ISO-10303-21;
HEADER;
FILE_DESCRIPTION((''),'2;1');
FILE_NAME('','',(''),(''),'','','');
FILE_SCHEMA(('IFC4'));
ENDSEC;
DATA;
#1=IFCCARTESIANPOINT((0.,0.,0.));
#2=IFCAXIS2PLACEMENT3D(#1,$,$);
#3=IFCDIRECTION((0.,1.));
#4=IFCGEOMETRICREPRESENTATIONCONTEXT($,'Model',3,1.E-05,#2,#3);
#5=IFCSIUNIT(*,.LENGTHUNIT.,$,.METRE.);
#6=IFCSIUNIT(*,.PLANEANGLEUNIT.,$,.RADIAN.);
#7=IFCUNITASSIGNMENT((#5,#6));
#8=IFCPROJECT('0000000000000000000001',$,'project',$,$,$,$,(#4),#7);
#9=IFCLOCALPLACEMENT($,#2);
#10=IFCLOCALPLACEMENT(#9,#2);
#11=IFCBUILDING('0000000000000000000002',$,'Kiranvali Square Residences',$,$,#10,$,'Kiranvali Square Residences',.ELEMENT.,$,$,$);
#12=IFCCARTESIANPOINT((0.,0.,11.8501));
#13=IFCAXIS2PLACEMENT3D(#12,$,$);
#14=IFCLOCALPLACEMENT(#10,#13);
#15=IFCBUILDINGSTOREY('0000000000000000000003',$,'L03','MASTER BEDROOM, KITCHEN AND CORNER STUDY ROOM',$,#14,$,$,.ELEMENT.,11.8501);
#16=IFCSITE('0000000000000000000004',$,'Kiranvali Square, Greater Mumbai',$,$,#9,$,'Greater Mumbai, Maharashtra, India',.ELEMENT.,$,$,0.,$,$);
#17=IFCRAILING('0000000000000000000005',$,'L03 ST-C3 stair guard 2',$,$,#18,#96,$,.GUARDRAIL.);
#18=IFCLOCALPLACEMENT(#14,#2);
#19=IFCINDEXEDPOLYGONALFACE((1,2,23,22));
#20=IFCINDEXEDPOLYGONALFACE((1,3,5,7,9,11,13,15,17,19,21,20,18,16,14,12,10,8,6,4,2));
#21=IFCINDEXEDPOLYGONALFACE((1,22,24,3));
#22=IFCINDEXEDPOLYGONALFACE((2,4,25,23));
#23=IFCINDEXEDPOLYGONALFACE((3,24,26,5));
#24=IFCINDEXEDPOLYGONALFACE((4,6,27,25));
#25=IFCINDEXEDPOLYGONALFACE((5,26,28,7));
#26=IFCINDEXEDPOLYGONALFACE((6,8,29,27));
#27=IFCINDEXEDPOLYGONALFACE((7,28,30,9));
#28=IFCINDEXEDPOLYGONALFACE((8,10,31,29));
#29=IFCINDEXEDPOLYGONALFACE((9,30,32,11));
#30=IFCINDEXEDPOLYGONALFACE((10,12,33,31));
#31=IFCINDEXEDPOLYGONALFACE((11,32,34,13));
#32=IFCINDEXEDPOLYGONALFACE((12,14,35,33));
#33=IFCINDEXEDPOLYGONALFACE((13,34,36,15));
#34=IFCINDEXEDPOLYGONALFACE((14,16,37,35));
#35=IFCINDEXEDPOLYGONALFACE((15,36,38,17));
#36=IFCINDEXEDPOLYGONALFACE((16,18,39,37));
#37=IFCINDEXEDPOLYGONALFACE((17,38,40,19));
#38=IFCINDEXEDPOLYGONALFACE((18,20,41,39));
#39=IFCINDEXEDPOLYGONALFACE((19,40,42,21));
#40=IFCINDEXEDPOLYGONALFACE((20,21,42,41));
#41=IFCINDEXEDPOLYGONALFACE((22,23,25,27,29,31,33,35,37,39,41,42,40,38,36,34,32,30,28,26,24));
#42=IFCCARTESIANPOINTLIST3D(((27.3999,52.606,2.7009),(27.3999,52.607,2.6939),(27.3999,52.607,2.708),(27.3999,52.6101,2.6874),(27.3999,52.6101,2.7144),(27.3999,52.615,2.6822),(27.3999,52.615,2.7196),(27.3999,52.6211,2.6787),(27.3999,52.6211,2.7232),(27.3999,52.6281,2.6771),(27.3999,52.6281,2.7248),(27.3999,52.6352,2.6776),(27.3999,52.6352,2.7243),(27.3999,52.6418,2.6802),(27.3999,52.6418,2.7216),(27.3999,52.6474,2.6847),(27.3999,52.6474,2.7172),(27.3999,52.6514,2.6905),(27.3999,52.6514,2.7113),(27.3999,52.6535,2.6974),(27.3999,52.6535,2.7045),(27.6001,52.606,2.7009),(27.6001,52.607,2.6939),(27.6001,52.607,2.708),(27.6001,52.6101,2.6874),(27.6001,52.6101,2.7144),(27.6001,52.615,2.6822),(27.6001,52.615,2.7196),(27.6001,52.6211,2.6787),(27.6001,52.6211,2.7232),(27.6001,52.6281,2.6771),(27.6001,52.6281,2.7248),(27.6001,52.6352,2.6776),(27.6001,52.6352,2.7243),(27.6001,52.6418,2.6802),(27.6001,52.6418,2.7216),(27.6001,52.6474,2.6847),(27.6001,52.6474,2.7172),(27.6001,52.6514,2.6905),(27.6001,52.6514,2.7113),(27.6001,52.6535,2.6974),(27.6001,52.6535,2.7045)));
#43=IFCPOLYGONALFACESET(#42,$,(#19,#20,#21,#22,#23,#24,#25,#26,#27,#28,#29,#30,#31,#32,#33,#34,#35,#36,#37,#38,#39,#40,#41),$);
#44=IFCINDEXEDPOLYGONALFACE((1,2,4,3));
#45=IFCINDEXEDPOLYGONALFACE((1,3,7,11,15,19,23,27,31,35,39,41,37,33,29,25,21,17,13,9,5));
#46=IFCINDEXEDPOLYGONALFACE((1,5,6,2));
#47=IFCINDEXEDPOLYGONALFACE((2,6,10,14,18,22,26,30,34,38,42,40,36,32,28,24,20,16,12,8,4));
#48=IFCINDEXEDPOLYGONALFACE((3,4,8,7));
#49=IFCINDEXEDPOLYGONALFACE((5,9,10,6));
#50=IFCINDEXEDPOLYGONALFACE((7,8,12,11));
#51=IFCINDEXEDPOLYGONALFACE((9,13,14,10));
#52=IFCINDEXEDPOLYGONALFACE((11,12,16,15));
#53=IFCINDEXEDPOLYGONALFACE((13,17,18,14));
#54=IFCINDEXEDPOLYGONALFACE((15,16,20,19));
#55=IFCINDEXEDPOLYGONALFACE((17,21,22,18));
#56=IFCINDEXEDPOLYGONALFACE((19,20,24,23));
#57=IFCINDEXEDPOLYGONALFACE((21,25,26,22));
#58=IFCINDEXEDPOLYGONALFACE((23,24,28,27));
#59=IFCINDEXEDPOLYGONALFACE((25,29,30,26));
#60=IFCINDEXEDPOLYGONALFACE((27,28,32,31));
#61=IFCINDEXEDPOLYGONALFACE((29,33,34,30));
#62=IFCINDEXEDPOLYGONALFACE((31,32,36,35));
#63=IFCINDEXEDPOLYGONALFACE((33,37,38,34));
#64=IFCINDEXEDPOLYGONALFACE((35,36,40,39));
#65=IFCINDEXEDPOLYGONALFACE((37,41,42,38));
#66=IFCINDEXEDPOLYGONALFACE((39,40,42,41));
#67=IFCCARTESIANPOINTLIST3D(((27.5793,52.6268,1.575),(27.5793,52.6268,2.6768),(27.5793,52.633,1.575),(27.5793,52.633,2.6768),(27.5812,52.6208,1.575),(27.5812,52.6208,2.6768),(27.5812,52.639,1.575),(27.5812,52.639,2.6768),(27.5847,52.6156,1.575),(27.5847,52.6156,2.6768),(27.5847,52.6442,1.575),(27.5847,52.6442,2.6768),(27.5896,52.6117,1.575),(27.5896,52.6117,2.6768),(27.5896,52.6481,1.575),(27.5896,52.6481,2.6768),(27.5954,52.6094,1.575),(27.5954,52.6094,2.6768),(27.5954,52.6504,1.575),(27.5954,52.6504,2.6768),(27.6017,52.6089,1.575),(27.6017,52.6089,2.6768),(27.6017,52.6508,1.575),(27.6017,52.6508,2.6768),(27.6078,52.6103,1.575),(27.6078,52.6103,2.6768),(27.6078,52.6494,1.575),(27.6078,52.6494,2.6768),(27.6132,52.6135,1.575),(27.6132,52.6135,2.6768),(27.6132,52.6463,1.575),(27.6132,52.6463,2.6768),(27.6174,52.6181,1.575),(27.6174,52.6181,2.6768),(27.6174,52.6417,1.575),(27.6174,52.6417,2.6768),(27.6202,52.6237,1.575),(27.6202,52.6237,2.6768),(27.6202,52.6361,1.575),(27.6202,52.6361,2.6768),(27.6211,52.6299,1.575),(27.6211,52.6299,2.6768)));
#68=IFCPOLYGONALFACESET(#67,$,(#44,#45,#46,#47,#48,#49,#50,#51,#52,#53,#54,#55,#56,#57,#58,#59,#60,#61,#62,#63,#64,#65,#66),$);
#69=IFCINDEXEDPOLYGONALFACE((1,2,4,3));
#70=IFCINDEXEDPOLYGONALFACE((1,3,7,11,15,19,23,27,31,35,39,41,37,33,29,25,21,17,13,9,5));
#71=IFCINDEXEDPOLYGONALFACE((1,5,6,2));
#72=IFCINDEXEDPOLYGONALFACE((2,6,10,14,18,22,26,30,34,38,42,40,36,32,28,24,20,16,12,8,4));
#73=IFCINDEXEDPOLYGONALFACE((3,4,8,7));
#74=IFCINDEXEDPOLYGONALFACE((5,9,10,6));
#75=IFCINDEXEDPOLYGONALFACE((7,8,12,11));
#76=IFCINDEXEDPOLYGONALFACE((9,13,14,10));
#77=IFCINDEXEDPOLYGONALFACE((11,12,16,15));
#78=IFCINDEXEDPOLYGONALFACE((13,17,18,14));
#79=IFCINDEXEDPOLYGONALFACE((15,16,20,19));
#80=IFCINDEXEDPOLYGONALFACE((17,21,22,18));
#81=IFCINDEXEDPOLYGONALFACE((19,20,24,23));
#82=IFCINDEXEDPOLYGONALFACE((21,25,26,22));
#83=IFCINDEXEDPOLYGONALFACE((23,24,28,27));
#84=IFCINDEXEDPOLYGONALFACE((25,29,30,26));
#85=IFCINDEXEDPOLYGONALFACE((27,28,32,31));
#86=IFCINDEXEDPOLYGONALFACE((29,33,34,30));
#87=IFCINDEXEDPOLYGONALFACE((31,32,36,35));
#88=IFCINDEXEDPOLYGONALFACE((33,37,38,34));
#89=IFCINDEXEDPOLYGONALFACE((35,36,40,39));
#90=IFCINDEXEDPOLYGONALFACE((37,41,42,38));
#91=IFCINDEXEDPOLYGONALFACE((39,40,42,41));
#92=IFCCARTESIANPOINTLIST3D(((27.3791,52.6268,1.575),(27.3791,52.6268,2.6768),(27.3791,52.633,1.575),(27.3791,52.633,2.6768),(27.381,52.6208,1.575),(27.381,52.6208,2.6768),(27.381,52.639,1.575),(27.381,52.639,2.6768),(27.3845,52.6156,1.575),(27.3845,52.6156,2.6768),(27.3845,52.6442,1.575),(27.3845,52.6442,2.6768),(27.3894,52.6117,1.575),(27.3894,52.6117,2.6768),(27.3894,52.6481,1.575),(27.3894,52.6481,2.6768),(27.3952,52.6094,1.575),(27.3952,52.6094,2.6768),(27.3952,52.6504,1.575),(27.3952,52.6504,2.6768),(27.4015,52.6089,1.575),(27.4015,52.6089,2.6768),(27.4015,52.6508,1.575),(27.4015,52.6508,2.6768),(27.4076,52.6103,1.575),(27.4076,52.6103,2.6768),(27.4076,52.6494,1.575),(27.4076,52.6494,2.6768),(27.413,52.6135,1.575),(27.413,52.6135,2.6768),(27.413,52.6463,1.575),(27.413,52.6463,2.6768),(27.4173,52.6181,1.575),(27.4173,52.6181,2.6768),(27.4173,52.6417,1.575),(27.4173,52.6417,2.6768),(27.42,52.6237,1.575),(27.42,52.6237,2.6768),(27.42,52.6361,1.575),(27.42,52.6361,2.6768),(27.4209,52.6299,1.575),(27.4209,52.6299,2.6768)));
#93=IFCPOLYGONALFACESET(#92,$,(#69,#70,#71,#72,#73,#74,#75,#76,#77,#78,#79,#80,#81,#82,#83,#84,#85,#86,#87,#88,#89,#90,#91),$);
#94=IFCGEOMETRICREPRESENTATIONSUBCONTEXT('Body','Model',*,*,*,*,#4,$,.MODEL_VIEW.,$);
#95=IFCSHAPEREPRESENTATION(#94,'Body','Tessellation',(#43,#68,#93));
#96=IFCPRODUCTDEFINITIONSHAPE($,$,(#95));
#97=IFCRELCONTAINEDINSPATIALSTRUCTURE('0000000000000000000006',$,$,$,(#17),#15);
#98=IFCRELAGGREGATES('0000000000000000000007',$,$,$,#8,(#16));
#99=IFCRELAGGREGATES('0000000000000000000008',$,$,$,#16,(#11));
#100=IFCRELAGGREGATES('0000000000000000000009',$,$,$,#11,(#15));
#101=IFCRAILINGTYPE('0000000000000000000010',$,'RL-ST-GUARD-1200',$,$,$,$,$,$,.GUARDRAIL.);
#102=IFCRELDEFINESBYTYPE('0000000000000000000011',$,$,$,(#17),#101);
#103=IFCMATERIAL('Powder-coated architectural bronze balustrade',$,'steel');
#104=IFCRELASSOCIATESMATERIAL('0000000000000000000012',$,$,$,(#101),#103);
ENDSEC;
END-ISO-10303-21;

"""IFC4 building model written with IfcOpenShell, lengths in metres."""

from ifc_helpers import new_model, si_unit, direction, frame, origin, origin_2d, place, context, subcontext, project, spatial, circle, extrude, material, type_object, element, save


model = new_model("IFC4")

# Units and contexts
model_context = context("Model", 3, precision=1e-05, world=origin(), true_north=direction((0.0, 1.0)))
body_context = subcontext(model_context, "Body", "Model", "MODEL_VIEW")
ifc_project = project(units=[si_unit("LENGTHUNIT", "METRE"), si_unit("PLANEANGLEUNIT", "RADIAN")], contexts=[model_context])

# Site, building, storey
site_placement = place(None, origin())
site = spatial("IfcSite", under=ifc_project, at=site_placement, Name="Kiranvali Square, Greater Mumbai", LongName="Greater Mumbai, Maharashtra, India", CompositionType="ELEMENT", RefElevation=0.0)
building_placement = place(site_placement, origin())
building = spatial("IfcBuilding", under=site, at=building_placement, Name="Kiranvali Square Residences", LongName="Kiranvali Square Residences", CompositionType="ELEMENT")
storey_placement = place(building_placement, frame((0.0, 0.0, 11.8501)))
storey = spatial("IfcBuildingStorey", under=building, at=storey_placement, Name="L03", Description="MASTER BEDROOM, KITCHEN AND CORNER STUDY ROOM", CompositionType="ELEMENT", Elevation=11.8501)

# Railing
ifc_material_1 = material(Name="Powder-coated architectural bronze balustrade", Category="steel")
railing_type_1 = type_object("IfcRailingType", Name="RL-ST-GUARD-1200", PredefinedType="GUARDRAIL", material=ifc_material_1)
railing_1_placement = place(storey_placement, frame((27.6001, 52.6299, 1.575)))
element("IfcRailing", 1, at=railing_1_placement, inside=storey, type_object=railing_type_1, Name="L03 ST-C3 stair guard 2", PredefinedType="GUARDRAIL", context=body_context, shape_type="SweptSolid", body=[
    extrude(circle(Radius=0.0239, at=origin_2d()), frame((0.0, 0.0, 1.126), z_axis=(-1.0, 0.0, 0.0), x_axis=(0.0, -1.0, 0.0)), (0.0, 0.0, 1.0), 0.2002),
    extrude(circle(Radius=0.021, at=origin_2d()), origin(), (0.0, 0.0, 1.0), 1.1018),
    extrude(circle(Radius=0.021, at=origin_2d()), frame((-0.2002, 0.0, 0.0)), (0.0, 0.0, 1.0), 1.1018),
])

save(model, "model.ifc")
